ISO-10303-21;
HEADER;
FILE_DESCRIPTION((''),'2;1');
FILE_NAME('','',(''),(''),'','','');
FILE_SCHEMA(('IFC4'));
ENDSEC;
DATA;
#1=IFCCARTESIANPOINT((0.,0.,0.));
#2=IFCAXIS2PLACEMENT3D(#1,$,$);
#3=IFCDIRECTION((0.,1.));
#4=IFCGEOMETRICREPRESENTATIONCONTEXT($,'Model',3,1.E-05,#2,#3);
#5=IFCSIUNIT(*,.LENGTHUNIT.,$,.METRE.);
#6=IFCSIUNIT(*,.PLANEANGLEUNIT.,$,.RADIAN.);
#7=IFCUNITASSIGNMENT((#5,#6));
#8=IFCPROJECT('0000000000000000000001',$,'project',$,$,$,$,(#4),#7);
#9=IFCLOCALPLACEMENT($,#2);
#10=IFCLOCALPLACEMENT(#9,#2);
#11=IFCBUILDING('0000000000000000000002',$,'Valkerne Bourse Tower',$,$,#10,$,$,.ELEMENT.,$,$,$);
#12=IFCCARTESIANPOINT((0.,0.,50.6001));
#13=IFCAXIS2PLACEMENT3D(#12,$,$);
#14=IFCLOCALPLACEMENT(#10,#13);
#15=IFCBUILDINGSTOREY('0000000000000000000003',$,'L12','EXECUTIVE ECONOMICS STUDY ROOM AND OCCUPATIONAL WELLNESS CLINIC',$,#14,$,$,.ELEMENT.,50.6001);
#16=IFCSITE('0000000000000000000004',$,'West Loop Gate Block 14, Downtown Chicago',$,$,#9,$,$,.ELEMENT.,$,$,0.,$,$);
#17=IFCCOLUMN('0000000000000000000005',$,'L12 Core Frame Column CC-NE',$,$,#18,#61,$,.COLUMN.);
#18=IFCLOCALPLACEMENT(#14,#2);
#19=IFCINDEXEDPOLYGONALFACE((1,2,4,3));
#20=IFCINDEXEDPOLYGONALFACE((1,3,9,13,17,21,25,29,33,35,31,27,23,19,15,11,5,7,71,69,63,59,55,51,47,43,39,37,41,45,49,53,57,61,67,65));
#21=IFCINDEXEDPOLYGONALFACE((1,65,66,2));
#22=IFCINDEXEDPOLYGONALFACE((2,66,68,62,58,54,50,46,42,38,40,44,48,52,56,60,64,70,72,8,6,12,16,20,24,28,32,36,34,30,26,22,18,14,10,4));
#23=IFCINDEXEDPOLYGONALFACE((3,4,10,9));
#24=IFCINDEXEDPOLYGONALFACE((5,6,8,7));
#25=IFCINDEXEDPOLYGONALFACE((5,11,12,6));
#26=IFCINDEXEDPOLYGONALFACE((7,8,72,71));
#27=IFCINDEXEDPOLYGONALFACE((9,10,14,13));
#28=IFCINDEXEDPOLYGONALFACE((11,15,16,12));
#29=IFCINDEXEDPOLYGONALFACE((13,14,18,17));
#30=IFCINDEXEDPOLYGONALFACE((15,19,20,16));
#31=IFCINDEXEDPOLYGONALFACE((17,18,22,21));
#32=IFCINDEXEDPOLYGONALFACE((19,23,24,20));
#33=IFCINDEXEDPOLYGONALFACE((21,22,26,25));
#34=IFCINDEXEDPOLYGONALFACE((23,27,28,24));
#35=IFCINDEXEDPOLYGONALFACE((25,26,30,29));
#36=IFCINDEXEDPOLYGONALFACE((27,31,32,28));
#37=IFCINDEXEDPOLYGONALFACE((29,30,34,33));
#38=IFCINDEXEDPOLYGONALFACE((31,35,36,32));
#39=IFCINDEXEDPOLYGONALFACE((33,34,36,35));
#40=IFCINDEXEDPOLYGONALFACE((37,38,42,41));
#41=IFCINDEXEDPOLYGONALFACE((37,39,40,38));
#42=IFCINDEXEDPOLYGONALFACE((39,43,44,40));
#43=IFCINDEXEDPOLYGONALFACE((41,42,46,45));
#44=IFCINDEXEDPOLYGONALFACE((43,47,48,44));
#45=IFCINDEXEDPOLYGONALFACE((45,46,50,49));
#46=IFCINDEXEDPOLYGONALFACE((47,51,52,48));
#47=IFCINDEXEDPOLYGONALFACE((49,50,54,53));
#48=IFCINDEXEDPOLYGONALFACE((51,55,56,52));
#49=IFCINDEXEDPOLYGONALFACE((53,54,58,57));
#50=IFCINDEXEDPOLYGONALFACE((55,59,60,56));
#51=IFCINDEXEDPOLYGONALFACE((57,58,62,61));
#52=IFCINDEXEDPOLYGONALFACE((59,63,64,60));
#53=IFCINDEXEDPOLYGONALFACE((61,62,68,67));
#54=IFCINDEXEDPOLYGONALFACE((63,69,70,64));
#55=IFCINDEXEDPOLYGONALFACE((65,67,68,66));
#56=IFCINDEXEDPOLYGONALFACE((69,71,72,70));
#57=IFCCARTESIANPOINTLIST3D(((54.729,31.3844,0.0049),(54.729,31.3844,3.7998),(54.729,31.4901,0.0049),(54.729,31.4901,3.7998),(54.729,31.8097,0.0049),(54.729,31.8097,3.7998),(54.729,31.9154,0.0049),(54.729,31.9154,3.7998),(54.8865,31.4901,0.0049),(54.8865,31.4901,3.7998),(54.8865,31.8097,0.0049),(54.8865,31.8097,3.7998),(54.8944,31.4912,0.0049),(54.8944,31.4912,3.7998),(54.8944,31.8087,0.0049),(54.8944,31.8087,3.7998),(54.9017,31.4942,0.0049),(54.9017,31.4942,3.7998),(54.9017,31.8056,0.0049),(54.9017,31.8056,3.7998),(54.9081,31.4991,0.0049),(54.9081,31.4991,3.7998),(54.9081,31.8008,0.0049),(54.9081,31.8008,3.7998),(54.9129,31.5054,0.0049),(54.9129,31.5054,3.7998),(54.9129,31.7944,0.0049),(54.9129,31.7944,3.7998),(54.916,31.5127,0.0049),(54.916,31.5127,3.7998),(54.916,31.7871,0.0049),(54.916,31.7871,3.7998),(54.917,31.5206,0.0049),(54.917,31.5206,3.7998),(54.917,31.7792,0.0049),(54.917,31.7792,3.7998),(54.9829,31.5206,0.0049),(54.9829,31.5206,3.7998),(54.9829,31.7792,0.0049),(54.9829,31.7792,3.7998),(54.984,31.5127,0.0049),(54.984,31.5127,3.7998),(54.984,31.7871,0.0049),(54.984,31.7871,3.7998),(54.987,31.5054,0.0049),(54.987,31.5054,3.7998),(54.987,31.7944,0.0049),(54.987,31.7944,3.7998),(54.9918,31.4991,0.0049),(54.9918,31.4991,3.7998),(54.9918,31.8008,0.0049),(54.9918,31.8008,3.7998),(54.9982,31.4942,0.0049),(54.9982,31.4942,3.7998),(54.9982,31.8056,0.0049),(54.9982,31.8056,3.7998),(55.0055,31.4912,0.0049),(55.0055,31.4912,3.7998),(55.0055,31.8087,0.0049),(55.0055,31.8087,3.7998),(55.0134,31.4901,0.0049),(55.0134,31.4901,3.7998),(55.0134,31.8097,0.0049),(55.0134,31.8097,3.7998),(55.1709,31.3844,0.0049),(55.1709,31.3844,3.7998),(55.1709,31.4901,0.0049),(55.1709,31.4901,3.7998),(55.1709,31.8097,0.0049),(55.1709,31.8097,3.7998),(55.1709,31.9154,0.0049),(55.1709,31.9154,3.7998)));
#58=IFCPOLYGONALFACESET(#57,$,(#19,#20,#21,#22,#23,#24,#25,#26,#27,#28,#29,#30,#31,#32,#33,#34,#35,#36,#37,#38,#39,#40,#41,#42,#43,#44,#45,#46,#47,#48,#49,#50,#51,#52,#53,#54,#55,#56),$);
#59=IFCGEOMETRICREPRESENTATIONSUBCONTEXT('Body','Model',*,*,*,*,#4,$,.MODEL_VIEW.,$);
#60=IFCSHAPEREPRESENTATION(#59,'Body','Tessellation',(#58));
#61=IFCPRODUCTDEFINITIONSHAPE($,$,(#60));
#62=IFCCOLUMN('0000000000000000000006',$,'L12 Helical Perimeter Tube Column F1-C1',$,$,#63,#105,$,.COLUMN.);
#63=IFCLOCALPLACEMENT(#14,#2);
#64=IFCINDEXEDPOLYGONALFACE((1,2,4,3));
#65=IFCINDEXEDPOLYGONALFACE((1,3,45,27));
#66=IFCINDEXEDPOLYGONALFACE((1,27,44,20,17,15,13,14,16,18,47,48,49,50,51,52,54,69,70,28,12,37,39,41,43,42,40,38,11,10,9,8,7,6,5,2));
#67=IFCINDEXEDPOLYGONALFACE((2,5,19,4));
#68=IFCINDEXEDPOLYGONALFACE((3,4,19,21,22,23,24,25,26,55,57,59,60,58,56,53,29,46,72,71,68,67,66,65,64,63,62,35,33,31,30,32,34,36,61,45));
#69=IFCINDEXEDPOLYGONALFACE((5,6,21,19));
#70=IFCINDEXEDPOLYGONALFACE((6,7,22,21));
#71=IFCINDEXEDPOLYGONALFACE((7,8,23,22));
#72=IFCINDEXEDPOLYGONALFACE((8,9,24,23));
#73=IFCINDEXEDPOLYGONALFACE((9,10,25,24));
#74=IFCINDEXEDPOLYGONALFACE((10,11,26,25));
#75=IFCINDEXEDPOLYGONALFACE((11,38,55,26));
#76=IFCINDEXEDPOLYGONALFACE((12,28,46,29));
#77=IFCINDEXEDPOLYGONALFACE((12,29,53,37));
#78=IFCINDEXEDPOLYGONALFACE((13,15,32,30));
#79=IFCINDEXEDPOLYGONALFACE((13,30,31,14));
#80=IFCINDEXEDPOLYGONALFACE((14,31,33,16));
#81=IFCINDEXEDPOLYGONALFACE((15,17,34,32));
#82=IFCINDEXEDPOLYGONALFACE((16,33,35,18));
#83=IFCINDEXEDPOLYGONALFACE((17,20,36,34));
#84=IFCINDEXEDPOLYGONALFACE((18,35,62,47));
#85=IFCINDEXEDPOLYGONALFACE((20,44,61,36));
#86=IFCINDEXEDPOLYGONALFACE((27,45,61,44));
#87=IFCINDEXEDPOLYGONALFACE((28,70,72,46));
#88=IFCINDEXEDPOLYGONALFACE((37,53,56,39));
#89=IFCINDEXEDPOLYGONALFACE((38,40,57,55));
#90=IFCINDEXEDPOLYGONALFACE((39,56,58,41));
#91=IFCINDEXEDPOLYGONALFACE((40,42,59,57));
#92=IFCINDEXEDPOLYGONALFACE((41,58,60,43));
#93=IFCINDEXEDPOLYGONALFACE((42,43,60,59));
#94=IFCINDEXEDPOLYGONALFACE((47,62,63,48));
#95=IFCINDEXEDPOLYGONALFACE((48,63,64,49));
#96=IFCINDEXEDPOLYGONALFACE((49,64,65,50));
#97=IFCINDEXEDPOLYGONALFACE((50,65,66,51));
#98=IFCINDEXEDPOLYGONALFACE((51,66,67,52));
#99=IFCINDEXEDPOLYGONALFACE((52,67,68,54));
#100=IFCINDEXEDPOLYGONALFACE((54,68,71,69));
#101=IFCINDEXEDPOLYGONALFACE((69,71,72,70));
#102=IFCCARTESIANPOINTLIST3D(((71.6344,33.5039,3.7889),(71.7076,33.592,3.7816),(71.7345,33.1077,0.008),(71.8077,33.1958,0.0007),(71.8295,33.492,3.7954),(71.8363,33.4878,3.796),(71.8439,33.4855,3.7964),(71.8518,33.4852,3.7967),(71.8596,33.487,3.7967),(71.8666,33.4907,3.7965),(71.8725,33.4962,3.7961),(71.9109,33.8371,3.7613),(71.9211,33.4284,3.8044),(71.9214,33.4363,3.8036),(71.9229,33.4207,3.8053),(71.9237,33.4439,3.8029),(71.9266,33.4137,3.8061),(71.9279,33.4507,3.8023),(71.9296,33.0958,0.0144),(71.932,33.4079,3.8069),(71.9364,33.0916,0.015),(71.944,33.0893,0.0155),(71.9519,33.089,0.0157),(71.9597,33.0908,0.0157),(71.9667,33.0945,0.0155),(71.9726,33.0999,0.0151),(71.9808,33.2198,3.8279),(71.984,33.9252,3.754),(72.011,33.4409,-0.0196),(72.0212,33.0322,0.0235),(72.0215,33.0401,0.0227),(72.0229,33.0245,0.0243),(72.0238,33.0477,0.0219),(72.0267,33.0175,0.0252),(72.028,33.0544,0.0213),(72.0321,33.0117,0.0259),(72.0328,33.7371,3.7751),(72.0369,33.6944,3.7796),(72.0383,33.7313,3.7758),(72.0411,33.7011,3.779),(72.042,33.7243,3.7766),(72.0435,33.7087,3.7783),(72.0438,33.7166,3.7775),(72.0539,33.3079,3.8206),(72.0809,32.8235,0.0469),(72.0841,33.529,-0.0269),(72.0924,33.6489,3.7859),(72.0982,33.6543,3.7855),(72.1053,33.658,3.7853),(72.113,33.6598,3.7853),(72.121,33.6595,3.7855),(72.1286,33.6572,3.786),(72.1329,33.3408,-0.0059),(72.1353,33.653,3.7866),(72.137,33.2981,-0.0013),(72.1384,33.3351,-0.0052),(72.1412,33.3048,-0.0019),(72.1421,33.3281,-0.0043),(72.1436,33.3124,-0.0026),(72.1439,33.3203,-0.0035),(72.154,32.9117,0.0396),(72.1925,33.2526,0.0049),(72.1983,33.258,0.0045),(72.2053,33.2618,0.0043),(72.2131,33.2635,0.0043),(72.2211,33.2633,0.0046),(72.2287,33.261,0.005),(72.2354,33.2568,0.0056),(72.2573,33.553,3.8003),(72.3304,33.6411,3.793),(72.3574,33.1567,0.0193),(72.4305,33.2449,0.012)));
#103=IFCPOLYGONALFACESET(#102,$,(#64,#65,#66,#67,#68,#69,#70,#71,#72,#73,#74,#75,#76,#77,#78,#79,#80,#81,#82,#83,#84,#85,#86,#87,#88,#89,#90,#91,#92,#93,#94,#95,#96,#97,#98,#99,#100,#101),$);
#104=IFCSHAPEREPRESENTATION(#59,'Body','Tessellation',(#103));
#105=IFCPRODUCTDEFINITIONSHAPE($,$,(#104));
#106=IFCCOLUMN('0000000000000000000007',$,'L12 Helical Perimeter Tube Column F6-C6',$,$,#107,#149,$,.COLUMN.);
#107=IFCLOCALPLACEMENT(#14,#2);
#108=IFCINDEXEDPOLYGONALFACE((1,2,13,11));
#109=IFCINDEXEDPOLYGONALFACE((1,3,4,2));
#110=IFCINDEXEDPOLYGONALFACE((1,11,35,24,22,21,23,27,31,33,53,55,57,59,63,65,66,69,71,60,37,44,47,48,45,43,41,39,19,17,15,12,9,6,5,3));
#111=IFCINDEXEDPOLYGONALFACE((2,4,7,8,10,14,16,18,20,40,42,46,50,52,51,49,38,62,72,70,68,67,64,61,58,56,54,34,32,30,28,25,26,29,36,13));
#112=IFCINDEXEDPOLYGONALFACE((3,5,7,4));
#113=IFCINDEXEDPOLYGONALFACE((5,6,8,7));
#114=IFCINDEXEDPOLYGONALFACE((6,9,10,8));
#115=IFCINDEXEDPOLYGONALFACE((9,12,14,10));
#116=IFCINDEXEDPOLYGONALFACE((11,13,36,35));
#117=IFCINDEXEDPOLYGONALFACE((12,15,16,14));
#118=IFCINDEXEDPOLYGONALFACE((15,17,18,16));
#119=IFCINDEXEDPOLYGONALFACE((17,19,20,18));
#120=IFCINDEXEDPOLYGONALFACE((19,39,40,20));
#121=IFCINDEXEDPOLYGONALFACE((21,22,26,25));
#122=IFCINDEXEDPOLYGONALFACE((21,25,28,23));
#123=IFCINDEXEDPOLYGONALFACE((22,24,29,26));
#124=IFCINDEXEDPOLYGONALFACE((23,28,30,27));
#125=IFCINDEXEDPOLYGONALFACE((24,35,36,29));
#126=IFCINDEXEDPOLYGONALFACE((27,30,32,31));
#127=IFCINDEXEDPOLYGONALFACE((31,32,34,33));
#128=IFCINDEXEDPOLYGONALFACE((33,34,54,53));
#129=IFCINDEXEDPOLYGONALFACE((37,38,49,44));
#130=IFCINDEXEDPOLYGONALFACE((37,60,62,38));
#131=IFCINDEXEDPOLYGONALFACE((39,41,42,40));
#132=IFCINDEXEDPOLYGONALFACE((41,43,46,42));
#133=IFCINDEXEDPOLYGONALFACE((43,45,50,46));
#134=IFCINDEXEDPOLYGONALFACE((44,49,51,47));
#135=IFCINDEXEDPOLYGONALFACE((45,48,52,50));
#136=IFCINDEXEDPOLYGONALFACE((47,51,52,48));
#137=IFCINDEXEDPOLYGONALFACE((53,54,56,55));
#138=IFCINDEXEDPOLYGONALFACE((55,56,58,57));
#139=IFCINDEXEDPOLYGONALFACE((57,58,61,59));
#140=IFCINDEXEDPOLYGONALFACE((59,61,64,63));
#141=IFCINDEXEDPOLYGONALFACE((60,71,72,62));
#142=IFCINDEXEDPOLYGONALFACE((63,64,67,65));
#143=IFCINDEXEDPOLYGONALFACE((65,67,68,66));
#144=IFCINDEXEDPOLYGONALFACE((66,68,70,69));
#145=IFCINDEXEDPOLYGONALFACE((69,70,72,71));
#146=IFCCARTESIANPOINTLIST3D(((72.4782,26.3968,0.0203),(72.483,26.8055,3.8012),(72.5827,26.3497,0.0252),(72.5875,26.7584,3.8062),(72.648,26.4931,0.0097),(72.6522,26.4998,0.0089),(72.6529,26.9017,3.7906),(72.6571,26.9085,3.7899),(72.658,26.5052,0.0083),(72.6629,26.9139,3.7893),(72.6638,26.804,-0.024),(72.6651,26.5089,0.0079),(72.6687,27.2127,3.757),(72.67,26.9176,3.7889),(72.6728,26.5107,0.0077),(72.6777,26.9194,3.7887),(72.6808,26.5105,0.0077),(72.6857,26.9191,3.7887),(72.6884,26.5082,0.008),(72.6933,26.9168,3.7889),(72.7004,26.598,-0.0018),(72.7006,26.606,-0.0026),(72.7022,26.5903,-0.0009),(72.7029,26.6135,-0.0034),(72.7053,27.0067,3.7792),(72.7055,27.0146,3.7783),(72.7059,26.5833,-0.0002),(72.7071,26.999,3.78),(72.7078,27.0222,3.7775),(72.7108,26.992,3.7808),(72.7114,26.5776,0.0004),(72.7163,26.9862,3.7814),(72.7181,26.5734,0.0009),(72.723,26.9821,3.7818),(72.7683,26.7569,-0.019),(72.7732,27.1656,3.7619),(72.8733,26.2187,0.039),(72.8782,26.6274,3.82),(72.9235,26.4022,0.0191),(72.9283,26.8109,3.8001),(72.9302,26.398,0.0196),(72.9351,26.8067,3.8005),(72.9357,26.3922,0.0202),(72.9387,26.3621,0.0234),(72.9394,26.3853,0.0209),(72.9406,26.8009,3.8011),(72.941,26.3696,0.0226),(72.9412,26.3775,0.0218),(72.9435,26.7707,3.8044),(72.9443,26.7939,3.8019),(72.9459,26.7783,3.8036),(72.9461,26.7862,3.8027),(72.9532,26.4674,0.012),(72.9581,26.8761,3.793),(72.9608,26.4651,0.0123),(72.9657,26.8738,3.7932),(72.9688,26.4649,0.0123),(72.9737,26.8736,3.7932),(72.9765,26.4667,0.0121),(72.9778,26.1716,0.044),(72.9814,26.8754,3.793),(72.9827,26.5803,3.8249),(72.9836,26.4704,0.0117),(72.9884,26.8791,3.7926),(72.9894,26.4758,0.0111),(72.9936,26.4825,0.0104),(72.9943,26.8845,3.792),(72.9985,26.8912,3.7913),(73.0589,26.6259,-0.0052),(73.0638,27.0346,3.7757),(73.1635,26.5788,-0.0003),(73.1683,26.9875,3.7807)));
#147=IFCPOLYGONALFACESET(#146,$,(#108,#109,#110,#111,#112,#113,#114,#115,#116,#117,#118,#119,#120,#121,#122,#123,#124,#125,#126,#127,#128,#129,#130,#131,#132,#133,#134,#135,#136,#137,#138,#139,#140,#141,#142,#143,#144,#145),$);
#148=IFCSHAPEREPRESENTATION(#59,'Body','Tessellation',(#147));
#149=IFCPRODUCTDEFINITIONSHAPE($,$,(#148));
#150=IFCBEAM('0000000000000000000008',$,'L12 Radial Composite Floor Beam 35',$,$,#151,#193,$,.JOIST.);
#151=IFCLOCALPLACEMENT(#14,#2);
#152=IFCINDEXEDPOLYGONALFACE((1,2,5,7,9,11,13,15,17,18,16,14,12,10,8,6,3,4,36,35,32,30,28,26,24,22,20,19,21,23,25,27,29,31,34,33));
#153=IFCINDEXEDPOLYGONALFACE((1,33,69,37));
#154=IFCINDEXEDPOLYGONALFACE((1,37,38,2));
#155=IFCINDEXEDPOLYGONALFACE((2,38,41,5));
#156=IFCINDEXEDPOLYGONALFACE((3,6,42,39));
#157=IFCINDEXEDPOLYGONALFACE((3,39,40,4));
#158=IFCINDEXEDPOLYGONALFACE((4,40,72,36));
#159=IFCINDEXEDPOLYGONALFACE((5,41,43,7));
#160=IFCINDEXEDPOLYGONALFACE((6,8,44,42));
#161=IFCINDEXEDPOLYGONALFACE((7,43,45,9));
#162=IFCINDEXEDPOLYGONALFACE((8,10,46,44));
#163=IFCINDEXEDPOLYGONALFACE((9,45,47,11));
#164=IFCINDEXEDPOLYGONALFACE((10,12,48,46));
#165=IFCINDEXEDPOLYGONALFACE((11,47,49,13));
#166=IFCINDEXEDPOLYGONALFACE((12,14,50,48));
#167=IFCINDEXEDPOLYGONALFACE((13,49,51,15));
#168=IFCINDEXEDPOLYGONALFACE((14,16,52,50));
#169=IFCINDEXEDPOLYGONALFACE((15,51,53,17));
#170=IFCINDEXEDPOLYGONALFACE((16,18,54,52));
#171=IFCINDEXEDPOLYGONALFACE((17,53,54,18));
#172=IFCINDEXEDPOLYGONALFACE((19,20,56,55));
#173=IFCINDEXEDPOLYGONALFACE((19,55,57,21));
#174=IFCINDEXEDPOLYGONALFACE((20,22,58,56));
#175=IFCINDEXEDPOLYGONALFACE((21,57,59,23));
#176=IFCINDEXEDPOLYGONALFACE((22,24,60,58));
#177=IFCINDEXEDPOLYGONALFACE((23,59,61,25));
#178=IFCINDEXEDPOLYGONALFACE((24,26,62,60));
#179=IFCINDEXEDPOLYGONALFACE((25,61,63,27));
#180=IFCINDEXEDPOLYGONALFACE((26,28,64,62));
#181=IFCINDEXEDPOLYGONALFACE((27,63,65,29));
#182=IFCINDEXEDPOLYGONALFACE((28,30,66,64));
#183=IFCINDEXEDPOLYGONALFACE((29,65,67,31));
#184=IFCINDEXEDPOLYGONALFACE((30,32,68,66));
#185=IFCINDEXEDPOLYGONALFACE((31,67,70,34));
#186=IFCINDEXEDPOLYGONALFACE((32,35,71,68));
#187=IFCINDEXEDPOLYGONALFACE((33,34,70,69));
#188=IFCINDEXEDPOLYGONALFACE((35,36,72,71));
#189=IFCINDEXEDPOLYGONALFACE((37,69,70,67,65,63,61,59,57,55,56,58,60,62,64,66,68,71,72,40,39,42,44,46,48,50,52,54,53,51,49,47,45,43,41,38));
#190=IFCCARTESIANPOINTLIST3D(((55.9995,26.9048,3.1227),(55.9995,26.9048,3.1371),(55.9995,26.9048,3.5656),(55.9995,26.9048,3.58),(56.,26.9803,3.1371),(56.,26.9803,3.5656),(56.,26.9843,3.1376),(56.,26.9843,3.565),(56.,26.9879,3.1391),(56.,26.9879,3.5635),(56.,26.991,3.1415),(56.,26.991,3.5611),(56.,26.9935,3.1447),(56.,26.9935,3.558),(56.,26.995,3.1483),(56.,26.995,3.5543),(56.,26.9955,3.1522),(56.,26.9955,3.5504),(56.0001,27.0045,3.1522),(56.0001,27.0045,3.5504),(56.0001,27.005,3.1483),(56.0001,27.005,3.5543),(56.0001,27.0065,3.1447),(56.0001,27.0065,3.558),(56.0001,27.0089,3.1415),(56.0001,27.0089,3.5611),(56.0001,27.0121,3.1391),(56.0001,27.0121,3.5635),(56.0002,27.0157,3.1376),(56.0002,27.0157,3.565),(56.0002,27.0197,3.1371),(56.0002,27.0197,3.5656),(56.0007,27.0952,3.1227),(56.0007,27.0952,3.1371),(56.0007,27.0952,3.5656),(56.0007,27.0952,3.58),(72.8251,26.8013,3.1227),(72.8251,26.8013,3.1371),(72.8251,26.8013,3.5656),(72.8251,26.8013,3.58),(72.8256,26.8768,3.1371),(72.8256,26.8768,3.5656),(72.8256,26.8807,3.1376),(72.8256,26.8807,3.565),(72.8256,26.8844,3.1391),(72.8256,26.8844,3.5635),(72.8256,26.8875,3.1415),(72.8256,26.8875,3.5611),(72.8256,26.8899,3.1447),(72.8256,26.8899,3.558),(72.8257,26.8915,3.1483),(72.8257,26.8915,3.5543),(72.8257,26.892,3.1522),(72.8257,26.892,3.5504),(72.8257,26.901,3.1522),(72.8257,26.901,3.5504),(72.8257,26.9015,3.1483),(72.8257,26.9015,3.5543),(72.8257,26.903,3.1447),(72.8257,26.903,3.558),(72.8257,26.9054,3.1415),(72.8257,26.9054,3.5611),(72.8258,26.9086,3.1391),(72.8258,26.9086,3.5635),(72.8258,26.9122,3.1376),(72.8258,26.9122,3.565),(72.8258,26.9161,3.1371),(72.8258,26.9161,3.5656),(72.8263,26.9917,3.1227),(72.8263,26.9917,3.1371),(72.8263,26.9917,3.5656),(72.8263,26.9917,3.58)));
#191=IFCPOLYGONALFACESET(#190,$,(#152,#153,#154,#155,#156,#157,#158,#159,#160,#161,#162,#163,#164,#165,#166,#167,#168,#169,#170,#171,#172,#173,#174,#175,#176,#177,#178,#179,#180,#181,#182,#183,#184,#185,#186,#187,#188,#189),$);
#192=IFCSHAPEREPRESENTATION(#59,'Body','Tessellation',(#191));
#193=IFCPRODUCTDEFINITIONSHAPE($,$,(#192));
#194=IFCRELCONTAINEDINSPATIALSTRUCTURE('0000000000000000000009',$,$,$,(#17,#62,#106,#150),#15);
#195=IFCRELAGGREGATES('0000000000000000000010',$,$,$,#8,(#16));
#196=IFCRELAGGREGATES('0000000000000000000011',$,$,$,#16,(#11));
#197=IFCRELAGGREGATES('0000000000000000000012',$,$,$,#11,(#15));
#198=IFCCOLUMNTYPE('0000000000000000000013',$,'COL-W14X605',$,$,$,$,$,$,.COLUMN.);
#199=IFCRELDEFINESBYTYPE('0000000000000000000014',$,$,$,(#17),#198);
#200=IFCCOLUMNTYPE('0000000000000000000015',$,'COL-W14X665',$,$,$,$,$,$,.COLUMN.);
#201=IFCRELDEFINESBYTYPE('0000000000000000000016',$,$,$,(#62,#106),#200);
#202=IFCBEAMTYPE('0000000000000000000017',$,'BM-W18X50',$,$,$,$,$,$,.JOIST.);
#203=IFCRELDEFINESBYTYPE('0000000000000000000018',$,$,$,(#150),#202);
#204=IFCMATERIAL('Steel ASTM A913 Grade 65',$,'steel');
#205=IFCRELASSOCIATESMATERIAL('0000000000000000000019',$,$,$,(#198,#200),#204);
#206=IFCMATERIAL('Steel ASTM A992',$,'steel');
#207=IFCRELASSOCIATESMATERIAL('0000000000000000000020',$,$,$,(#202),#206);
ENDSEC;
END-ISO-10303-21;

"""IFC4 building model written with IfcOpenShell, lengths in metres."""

from ifc_helpers import new_model, si_unit, direction, frame, origin, origin_2d, place, context, subcontext, project, spatial, i_section, extrude, material, material_profile, profile_set, type_object, element, save


model = new_model("IFC4")

# Units and contexts
model_context = context("Model", 3, precision=1e-05, world=origin(), true_north=direction((0.0, 1.0)))
body_context = subcontext(model_context, "Body", "Model", "MODEL_VIEW")
ifc_project = project(units=[si_unit("LENGTHUNIT", "METRE"), si_unit("PLANEANGLEUNIT", "RADIAN")], contexts=[model_context])

# Site, building, storey
site_placement = place(None, origin())
site = spatial("IfcSite", under=ifc_project, at=site_placement, Name="West Loop Gate Block 14, Downtown Chicago", CompositionType="ELEMENT", RefElevation=0.0)
building_placement = place(site_placement, origin())
building = spatial("IfcBuilding", under=site, at=building_placement, Name="Valkerne Bourse Tower", CompositionType="ELEMENT")
storey_placement = place(building_placement, frame((0.0, 0.0, 50.6001)))
storey = spatial("IfcBuildingStorey", under=building, at=storey_placement, Name="L12", Description="EXECUTIVE ECONOMICS STUDY ROOM AND OCCUPATIONAL WELLNESS CLINIC", CompositionType="ELEMENT", Elevation=50.6001)

# Columns
ifc_material_1 = material(Name="Steel ASTM A913 Grade 65", Category="steel")
ifc_material_profile_1 = material_profile(ifc_material_1, i_section(OverallWidth=0.4419, OverallDepth=0.531, WebThickness=0.0659, FlangeThickness=0.1057, FilletRadius=0.0305, at=origin_2d()), Name="W14X605")
ifc_profile_set_1 = profile_set([ifc_material_profile_1], Name="Steel ASTM A913 Grade 65")
column_type_1 = type_object("IfcColumnType", Name="COL-W14X605", PredefinedType="COLUMN", material=ifc_profile_set_1)
column_placement = place(storey_placement, frame((54.95, 31.6499, 0.0049), z_axis=(0.0, 0.0, 1.0), x_axis=(1.0, 0.0, 0.0)))
element("IfcColumn", 1, at=column_placement, inside=storey, type_object=column_type_1, Name="L12 Core Frame Column CC-NE", PredefinedType="COLUMN", context=body_context, shape_type="SweptSolid", body=[
    extrude(i_section(OverallWidth=0.4419, OverallDepth=0.531, WebThickness=0.0659, FlangeThickness=0.1057, FilletRadius=0.0305, at=origin_2d()), origin(), (0.0, 0.0, 1.0), 3.7949),
])
ifc_material_profile_2 = material_profile(ifc_material_1, i_section(OverallWidth=0.4497, OverallDepth=0.5486, WebThickness=0.072, FlangeThickness=0.1147, FilletRadius=0.0305, at=origin_2d()), Name="W14X665")
ifc_profile_set_2 = profile_set([ifc_material_profile_2], Name="Steel ASTM A913 Grade 65")
column_type_2 = type_object("IfcColumnType", Name="COL-W14X665", PredefinedType="COLUMN", material=ifc_profile_set_2)
for number, where, z_axis, x_axis, name in (
    (2, (72.0825, 33.1763, 0.01), (-0.026321, 0.104191, 0.994209), (0.77023, -0.631858, 0.086608), "L12 Helical Perimeter Tube Column F1-C1"),
    (3, (72.8208, 26.4878, 0.01), (0.001284, 0.107465, 0.994208), (-0.412795, -0.905492, 0.098408), "L12 Helical Perimeter Tube Column F6-C6"),
):
    element("IfcColumn", number, at=place(storey_placement, frame(where, z_axis=z_axis, x_axis=x_axis)), inside=storey, type_object=column_type_2, Name=name, PredefinedType="COLUMN", context=body_context, shape_type="SweptSolid", body=[
        extrude(i_section(OverallWidth=0.4497, OverallDepth=0.5486, WebThickness=0.072, FlangeThickness=0.1147, FilletRadius=0.0305, at=origin_2d()), origin(), (0.0, 0.0, 1.0), 3.803),
    ])

# Beam
ifc_material_2 = material(Name="Steel ASTM A992", Category="steel")
ifc_material_profile_3 = material_profile(ifc_material_2, i_section(OverallWidth=0.1904, OverallDepth=0.4573, WebThickness=0.009, FlangeThickness=0.0144, FilletRadius=0.0151, at=origin_2d()), Name="W18X50")
ifc_profile_set_3 = profile_set([ifc_material_profile_3], Name="Steel ASTM A992")
beam_type_1 = type_object("IfcBeamType", Name="BM-W18X50", PredefinedType="JOIST", material=ifc_profile_set_3)
beam_1_placement = place(storey_placement, frame((72.8257, 26.8965, 3.3513), z_axis=(-0.999981, 0.006152, 0.0), x_axis=(-0.006152, -0.999981, 0.0)))
element("IfcBeam", 4, at=beam_1_placement, inside=storey, type_object=beam_type_1, Name="L12 Radial Composite Floor Beam 35", PredefinedType="JOIST", context=body_context, shape_type="SweptSolid", body=[
    extrude(i_section(OverallWidth=0.1904, OverallDepth=0.4573, WebThickness=0.009, FlangeThickness=0.0144, FilletRadius=0.0151, at=origin_2d()), origin(), (0.0, 0.0, 1.0), 16.8259),
])

save(model, "model.ifc")
